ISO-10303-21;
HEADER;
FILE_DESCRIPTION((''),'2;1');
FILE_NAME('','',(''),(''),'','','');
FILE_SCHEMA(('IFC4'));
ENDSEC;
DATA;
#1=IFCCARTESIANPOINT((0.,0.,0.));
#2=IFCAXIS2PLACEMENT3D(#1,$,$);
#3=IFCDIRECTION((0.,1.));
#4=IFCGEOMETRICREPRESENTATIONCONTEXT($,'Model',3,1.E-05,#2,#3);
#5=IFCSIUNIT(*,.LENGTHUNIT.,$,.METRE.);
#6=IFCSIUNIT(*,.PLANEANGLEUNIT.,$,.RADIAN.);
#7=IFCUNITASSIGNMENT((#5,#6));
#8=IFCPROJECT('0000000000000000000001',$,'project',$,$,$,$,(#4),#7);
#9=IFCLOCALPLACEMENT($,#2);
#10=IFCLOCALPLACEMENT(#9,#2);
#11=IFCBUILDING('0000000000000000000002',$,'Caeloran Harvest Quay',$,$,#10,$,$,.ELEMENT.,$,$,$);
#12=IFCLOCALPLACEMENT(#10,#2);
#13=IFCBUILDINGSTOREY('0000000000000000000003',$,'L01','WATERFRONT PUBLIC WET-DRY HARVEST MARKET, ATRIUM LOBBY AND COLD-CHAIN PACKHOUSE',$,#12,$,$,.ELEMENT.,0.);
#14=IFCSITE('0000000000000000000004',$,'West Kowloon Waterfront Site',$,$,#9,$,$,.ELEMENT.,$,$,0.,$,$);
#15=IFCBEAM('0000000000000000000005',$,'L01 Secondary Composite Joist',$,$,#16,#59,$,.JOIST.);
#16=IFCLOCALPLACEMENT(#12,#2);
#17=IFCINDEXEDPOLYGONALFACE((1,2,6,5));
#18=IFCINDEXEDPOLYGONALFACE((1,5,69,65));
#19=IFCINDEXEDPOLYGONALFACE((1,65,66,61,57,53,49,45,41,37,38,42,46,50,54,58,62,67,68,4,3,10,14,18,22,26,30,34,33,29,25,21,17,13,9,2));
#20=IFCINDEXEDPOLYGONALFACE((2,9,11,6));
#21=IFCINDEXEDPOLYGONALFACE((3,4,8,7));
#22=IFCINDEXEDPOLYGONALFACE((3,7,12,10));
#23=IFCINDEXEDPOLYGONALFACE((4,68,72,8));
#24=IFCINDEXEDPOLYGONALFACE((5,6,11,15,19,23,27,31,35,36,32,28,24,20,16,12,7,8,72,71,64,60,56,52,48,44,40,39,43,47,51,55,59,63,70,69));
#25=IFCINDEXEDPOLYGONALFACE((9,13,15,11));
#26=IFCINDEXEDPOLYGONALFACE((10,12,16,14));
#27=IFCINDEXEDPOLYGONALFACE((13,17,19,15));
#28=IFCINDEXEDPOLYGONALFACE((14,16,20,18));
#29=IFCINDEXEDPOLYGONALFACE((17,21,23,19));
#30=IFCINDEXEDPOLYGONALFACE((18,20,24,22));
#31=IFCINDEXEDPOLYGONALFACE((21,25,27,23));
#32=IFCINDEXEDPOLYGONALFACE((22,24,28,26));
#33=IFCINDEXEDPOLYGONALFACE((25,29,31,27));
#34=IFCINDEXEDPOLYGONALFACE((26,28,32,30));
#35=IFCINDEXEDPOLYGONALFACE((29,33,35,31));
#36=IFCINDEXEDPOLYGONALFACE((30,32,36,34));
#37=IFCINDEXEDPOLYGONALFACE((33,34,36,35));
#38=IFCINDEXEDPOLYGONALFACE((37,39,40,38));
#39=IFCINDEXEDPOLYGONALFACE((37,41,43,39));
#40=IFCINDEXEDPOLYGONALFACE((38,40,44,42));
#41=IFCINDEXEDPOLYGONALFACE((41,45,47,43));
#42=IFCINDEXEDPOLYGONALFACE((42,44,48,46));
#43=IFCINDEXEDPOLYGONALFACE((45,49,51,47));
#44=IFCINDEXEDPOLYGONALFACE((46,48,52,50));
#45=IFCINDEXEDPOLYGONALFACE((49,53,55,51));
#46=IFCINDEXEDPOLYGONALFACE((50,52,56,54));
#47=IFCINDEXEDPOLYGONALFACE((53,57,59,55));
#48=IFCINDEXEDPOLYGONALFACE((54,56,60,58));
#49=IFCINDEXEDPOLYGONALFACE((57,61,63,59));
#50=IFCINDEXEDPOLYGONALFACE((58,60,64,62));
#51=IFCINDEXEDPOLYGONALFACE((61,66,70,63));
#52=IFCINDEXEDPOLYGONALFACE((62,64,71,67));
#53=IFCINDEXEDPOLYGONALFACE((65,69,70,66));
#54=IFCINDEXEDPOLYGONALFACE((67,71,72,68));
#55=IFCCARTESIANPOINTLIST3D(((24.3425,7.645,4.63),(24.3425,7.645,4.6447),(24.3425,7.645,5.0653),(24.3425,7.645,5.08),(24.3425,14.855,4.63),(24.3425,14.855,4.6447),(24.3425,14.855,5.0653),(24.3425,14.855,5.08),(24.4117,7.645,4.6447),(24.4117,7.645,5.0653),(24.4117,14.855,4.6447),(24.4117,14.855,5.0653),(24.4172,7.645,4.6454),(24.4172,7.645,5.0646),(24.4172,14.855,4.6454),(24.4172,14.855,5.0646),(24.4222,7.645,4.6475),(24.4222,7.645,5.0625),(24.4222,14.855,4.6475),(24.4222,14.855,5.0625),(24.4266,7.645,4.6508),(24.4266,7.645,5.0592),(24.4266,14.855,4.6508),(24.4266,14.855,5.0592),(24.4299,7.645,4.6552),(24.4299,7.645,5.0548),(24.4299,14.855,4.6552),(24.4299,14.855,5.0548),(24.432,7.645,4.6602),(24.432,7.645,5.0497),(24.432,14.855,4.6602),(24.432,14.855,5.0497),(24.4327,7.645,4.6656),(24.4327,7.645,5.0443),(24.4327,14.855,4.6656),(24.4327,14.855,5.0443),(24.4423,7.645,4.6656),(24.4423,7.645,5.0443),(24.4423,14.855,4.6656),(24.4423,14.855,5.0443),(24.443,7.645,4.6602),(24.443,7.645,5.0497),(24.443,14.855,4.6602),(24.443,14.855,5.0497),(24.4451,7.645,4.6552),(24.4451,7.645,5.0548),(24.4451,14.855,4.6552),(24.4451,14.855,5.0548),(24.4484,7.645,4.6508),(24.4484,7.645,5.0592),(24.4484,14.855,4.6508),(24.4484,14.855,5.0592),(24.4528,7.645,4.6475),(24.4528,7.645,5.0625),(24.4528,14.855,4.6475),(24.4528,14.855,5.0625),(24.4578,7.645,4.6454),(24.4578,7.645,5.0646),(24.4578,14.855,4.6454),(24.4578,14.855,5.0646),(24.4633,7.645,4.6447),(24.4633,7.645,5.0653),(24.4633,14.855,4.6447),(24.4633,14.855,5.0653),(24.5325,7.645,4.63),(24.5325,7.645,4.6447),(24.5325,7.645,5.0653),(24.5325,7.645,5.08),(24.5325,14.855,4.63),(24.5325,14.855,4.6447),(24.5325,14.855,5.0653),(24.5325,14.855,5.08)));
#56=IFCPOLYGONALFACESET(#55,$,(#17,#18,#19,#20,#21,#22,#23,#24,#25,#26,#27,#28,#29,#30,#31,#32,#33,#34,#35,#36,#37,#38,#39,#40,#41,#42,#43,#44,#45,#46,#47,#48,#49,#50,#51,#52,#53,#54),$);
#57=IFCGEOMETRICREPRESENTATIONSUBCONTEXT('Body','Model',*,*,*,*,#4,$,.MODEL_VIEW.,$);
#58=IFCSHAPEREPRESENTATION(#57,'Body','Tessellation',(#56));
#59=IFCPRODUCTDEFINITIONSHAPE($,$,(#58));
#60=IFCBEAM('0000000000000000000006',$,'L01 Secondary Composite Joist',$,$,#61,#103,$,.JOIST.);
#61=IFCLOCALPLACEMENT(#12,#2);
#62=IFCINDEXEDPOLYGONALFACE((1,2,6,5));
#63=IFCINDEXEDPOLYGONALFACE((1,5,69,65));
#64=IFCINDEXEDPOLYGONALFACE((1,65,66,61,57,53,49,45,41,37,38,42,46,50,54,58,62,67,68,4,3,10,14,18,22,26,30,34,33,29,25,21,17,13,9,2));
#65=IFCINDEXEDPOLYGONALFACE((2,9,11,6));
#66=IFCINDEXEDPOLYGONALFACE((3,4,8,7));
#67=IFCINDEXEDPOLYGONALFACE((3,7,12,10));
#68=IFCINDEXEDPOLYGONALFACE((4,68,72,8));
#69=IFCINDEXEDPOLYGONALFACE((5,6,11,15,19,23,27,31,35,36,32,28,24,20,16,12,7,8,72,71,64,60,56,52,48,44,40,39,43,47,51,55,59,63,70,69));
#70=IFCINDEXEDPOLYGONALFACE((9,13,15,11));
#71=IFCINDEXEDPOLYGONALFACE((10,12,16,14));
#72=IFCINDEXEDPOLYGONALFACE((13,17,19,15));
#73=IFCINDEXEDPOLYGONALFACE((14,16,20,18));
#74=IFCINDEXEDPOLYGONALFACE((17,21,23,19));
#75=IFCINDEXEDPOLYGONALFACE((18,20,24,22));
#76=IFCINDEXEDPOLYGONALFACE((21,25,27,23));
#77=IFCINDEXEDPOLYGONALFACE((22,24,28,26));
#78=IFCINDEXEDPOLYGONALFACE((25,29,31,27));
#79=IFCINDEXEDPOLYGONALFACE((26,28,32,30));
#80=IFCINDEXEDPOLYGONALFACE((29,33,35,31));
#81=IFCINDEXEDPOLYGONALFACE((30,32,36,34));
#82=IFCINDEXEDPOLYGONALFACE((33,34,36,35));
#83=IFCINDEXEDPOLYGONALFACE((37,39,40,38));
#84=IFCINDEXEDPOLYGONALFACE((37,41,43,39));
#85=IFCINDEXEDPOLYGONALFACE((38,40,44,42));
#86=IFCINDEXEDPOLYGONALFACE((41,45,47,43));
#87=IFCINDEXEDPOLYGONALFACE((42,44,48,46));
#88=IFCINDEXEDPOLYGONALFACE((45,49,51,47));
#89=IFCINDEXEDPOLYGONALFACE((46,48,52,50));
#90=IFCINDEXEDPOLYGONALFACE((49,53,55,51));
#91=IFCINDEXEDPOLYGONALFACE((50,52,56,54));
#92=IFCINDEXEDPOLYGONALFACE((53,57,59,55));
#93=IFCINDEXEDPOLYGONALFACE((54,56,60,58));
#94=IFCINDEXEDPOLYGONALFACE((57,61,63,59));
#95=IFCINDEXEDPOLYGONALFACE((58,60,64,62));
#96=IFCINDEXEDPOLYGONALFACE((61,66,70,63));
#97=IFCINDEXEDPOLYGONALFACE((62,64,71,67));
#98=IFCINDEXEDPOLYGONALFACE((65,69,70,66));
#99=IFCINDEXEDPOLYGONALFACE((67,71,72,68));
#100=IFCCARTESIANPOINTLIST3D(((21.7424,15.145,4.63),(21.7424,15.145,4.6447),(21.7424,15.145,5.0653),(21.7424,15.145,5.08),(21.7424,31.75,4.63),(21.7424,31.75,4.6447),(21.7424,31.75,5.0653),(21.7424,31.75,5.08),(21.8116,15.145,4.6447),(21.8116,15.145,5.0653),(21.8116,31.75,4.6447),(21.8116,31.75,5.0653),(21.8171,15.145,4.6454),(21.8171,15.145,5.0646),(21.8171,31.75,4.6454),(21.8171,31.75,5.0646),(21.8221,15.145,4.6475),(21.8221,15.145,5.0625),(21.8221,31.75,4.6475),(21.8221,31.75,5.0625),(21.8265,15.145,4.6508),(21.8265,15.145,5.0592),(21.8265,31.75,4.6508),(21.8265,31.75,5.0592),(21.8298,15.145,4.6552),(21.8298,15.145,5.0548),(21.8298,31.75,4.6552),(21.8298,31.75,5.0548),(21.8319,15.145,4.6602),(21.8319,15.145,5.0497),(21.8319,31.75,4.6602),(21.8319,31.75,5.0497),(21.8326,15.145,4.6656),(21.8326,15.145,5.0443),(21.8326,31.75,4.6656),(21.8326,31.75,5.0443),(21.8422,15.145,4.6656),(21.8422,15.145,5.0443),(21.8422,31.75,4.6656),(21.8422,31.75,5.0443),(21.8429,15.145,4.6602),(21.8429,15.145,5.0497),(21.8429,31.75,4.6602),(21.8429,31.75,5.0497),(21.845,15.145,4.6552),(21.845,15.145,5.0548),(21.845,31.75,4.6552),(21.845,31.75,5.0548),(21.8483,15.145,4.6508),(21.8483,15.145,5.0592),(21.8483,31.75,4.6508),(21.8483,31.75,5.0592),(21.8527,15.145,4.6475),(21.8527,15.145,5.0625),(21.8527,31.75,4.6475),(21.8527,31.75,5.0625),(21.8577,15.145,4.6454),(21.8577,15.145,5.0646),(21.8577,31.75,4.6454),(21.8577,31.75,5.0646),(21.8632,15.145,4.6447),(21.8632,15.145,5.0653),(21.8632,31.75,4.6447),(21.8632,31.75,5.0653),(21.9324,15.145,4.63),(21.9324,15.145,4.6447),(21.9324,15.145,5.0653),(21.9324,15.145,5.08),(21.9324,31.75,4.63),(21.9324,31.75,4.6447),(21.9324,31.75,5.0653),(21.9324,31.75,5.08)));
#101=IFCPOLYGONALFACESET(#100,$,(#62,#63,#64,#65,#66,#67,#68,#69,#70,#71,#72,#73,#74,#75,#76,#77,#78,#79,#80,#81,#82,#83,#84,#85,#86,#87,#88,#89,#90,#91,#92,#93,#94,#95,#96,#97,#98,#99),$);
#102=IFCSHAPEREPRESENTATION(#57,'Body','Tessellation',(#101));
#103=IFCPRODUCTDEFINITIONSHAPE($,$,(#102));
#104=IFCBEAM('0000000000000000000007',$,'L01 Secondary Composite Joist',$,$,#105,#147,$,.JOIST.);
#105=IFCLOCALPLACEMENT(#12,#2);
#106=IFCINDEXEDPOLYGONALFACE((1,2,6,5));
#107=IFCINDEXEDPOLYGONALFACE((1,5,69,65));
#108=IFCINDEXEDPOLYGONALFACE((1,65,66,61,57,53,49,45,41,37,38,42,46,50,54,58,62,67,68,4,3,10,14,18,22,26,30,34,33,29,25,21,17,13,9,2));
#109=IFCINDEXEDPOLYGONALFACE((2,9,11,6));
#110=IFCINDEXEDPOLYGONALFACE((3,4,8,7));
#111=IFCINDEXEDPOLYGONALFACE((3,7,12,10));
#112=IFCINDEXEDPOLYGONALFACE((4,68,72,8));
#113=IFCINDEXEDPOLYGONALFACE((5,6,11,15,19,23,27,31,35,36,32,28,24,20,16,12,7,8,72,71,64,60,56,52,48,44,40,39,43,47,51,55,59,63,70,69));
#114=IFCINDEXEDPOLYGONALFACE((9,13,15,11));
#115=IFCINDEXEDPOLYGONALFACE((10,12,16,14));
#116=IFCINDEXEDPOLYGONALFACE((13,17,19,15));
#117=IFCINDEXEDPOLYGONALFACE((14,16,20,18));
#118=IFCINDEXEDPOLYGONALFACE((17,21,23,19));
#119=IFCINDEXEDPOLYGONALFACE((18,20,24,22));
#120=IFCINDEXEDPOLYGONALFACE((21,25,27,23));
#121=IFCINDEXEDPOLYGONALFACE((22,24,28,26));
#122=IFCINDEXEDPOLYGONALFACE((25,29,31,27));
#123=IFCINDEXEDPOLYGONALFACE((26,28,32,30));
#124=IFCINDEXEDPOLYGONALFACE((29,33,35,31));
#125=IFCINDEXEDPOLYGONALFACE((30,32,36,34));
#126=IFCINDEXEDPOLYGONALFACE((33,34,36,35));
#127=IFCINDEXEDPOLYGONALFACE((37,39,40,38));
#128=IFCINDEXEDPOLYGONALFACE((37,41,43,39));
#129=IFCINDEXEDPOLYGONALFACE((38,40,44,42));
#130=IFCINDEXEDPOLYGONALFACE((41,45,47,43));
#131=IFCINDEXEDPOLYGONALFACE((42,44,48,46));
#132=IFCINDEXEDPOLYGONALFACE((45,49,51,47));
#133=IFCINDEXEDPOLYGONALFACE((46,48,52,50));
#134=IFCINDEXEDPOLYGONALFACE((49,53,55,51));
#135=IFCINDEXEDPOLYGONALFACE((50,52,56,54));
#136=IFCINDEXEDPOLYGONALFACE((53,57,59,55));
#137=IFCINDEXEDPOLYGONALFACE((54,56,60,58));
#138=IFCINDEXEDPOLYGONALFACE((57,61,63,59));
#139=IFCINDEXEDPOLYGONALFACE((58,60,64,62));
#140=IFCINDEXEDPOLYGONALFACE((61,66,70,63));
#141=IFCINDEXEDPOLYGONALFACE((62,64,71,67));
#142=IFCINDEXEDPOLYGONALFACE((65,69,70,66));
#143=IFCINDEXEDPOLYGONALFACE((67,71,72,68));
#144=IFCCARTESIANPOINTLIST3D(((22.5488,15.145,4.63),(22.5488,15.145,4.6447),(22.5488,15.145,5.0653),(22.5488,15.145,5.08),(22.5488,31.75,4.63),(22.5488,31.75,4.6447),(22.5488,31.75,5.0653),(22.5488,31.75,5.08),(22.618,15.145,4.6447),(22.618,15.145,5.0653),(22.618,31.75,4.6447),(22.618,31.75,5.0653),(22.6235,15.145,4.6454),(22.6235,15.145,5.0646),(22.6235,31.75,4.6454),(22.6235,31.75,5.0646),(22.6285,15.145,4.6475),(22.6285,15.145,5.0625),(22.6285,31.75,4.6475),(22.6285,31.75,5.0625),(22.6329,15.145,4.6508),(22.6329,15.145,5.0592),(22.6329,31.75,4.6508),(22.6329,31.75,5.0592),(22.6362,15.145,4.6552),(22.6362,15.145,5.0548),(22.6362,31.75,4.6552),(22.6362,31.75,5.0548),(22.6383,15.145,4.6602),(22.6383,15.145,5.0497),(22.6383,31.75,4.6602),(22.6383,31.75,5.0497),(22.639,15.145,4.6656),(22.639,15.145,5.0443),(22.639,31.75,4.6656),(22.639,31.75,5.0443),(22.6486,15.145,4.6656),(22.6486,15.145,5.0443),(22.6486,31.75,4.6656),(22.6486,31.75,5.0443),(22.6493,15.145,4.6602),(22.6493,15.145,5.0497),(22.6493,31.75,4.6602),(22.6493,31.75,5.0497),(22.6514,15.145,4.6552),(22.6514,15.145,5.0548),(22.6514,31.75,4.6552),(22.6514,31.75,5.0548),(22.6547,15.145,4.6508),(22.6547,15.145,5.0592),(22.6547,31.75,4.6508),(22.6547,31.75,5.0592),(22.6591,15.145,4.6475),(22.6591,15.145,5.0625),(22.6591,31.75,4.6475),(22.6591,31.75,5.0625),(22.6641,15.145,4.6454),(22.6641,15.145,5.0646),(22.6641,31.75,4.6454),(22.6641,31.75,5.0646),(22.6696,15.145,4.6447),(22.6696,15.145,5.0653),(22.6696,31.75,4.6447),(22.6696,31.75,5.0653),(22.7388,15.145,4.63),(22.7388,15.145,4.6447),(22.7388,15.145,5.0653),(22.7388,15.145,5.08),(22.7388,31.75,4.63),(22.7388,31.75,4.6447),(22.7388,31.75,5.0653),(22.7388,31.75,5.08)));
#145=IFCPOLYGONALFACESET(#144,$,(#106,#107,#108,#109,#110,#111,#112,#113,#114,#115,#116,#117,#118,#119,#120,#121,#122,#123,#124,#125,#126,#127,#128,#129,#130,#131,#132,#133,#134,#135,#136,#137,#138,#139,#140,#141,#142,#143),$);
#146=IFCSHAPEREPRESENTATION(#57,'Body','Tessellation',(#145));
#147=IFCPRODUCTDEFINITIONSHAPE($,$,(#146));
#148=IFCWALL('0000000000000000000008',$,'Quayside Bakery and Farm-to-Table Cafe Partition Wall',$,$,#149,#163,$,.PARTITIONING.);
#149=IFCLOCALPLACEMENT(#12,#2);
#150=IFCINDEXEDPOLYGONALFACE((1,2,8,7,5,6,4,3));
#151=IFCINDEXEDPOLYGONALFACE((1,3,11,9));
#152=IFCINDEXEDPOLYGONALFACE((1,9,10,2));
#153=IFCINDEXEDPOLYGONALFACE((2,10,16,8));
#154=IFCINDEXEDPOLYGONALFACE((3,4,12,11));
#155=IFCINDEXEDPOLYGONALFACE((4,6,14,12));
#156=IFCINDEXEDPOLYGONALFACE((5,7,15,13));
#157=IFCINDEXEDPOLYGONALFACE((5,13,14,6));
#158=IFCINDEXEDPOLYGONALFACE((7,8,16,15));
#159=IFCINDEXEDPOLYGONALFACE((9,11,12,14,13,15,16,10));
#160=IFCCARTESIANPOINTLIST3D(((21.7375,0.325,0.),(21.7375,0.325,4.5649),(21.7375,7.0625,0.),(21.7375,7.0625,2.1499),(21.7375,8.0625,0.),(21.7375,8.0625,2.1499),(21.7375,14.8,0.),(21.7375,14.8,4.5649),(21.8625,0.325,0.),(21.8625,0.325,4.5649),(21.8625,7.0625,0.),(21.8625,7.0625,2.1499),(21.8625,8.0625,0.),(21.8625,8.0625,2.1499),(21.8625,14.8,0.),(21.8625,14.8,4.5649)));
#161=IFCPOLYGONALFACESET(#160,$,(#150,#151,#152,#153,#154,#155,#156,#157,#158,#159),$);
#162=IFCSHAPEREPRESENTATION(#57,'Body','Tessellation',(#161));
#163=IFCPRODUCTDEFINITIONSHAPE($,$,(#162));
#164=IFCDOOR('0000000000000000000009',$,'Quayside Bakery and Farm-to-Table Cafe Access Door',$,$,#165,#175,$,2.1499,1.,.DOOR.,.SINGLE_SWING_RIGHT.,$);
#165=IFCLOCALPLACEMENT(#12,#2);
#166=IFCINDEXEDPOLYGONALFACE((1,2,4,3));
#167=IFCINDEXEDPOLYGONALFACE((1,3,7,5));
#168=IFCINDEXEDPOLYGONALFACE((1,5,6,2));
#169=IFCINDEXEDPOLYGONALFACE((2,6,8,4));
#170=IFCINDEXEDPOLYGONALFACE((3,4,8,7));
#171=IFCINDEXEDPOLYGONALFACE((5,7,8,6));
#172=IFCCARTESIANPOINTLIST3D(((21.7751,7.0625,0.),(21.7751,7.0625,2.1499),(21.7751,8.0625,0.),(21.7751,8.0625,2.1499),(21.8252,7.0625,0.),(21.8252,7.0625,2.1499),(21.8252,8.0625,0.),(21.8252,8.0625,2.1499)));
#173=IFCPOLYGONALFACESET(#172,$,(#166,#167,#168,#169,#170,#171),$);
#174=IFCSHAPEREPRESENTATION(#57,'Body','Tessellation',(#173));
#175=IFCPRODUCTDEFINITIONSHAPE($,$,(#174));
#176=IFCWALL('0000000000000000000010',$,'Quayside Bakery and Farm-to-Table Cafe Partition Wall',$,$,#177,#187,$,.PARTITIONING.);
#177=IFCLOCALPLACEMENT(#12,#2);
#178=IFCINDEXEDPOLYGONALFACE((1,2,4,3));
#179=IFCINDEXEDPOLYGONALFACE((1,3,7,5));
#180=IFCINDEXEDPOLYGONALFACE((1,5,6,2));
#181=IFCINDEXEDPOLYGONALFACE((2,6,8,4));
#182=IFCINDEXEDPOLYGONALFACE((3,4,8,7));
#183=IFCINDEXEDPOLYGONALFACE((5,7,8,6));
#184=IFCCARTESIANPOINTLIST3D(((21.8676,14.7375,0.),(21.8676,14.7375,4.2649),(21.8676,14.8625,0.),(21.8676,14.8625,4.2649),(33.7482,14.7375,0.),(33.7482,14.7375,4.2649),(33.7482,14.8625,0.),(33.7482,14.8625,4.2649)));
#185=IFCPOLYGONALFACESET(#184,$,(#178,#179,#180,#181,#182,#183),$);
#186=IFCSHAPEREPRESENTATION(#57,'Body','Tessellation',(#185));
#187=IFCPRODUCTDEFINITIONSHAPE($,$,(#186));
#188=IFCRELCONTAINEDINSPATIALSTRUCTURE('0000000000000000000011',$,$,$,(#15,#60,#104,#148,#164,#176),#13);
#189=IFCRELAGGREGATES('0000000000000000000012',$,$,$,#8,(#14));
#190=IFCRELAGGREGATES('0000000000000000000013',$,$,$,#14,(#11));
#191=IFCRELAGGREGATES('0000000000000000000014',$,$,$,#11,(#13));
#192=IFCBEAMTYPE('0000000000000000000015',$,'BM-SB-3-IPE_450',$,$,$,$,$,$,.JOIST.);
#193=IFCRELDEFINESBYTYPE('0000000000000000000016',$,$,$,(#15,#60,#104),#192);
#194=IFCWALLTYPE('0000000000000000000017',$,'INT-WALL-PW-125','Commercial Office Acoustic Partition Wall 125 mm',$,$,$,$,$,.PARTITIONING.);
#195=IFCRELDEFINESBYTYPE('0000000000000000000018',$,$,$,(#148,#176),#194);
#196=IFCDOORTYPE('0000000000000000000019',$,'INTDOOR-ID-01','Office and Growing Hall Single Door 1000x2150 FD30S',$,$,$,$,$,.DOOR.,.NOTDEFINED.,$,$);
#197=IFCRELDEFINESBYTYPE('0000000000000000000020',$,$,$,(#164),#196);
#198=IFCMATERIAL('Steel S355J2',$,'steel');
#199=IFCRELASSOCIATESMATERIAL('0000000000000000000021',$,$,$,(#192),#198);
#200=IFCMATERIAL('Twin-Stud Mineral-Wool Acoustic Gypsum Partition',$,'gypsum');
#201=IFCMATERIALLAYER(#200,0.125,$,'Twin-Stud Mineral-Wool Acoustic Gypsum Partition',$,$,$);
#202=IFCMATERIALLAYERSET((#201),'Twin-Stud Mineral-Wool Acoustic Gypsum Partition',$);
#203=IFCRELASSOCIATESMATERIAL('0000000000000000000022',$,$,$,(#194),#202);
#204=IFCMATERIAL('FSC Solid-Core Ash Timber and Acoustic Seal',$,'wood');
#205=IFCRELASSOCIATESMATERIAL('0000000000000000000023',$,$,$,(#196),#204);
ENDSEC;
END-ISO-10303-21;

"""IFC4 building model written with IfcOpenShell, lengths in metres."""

from ifc_helpers import new_model, si_unit, direction, frame, frame_2d, origin, origin_2d, place, context, subcontext, project, spatial, rectangle, i_section, extrude, material, layer, layer_set, material_profile, profile_set, type_object, element, fill, save


model = new_model("IFC4")

# Units and contexts
model_context = context("Model", 3, precision=1e-05, world=origin(), true_north=direction((0.0, 1.0)))
body_context = subcontext(model_context, "Body", "Model", "MODEL_VIEW")
ifc_project = project(units=[si_unit("LENGTHUNIT", "METRE"), si_unit("PLANEANGLEUNIT", "RADIAN")], contexts=[model_context])

# Site, building, storey
site_placement = place(None, origin())
site = spatial("IfcSite", under=ifc_project, at=site_placement, Name="West Kowloon Waterfront Site", CompositionType="ELEMENT", RefElevation=0.0)
building_placement = place(site_placement, origin())
building = spatial("IfcBuilding", under=site, at=building_placement, Name="Caeloran Harvest Quay", CompositionType="ELEMENT")
storey_placement = place(building_placement, origin())
storey = spatial("IfcBuildingStorey", under=building, at=storey_placement, Name="L01", Description="WATERFRONT PUBLIC WET-DRY HARVEST MARKET, ATRIUM LOBBY AND COLD-CHAIN PACKHOUSE", CompositionType="ELEMENT", Elevation=0.0)

# Beams
ifc_material_1 = material(Name="Steel S355J2", Category="steel")
ifc_material_profile_1 = material_profile(ifc_material_1, i_section(OverallWidth=0.1899, OverallDepth=0.45, WebThickness=0.0095, FlangeThickness=0.0146, FilletRadius=0.021, at=origin_2d()), Name="IPE 450")
ifc_profile_set_1 = profile_set([ifc_material_profile_1], Name="Steel S355J2")
beam_type_1 = type_object("IfcBeamType", Name="BM-SB-3-IPE_450", PredefinedType="JOIST", material=ifc_profile_set_1)
for number, where, z_axis, x_axis, name in (
    (1, (24.4375, 7.645, 4.855), (0.0, 1.0, 0.0), (-1.0, 0.0, 0.0), "L01 Secondary Composite Joist"),
):
    element("IfcBeam", number, at=place(storey_placement, frame(where, z_axis=z_axis, x_axis=x_axis)), inside=storey, type_object=beam_type_1, Name=name, PredefinedType="JOIST", context=body_context, shape_type="SweptSolid", body=[
        extrude(i_section(OverallWidth=0.1899, OverallDepth=0.45, WebThickness=0.0095, FlangeThickness=0.0146, FilletRadius=0.021, at=origin_2d()), origin(), (0.0, 0.0, 1.0), 7.21),
    ])
for number, where, z_axis, x_axis, name in (
    (2, (21.8374, 15.145, 4.855), (0.0, 1.0, 0.0), (-1.0, 0.0, 0.0), "L01 Secondary Composite Joist"),
    (3, (22.6438, 15.145, 4.855), (0.0, 1.0, 0.0), (-1.0, 0.0, 0.0), "L01 Secondary Composite Joist"),
):
    element("IfcBeam", number, at=place(storey_placement, frame(where, z_axis=z_axis, x_axis=x_axis)), inside=storey, type_object=beam_type_1, Name=name, PredefinedType="JOIST", context=body_context, shape_type="SweptSolid", body=[
        extrude(i_section(OverallWidth=0.1899, OverallDepth=0.45, WebThickness=0.0095, FlangeThickness=0.0146, FilletRadius=0.021, at=origin_2d()), origin(), (0.0, 0.0, 1.0), 16.605),
    ])

# Wall, opening, door
ifc_material_2 = material(Name="Twin-Stud Mineral-Wool Acoustic Gypsum Partition", Category="gypsum")
ifc_layer_1 = layer(ifc_material_2, 0.125, Name="Twin-Stud Mineral-Wool Acoustic Gypsum Partition")
ifc_layer_set_1 = layer_set([ifc_layer_1], Name="Twin-Stud Mineral-Wool Acoustic Gypsum Partition")
wall_type_1 = type_object("IfcWallType", Name="INT-WALL-PW-125", Description="Commercial Office Acoustic Partition Wall 125 mm", PredefinedType="PARTITIONING", material=ifc_layer_set_1)
wall_1_placement = place(storey_placement, frame((21.8, 0.325, 0.0), z_axis=(0.0, 0.0, 1.0), x_axis=(0.0, 1.0, 0.0)))
wall_1 = element("IfcWall", 4, at=wall_1_placement, inside=storey, type_object=wall_type_1, Name="Quayside Bakery and Farm-to-Table Cafe Partition Wall", PredefinedType="PARTITIONING", context=body_context, shape_type="SweptSolid", body=[
    extrude(rectangle(XDim=14.4751, YDim=0.125, at=frame_2d((7.2375, 0.0))), origin(), (0.0, 0.0, 1.0), 4.5649),
])
opening_1_placement = place(wall_1_placement, frame((6.7375, 0.0, 0.0)))
opening_1 = element("IfcOpeningElement", 5, at=opening_1_placement, cuts=wall_1, PredefinedType="OPENING", context=body_context, shape_type="SweptSolid", body=[
    extrude(rectangle(XDim=1.0, YDim=2.1499, at=frame_2d((0.5, 1.075))), frame((0.0, 0.0725, 0.0), z_axis=(0.0, -1.0, 0.0), x_axis=(1.0, 0.0, 0.0)), (0.0, 0.0, 1.0), 0.145),
])
ifc_material_3 = material(Name="FSC Solid-Core Ash Timber and Acoustic Seal", Category="wood")
door_type_1 = type_object("IfcDoorType", Name="INTDOOR-ID-01", Description="Office and Growing Hall Single Door 1000x2150 FD30S", OperationType="NOTDEFINED", PredefinedType="DOOR", material=ifc_material_3)
door_1_placement = place(opening_1_placement, origin())
door_1 = element("IfcDoor", 6, at=door_1_placement, inside=storey, type_object=door_type_1, Name="Quayside Bakery and Farm-to-Table Cafe Access Door", OperationType="SINGLE_SWING_RIGHT", OverallHeight=2.1499, OverallWidth=1.0, PredefinedType="DOOR", context=body_context, shape_type="SweptSolid", body=[
    extrude(rectangle(XDim=1.0, YDim=2.1499, at=frame_2d((0.5, 1.075))), frame((0.0, 0.0249, 0.0), z_axis=(0.0, -1.0, 0.0), x_axis=(1.0, 0.0, 0.0)), (0.0, 0.0, 1.0), 0.05),
])
fill(opening_1, door_1)

# Wall
wall_2_placement = place(storey_placement, frame((21.8674, 14.8, 0.0), z_axis=(0.0, 0.0, 1.0), x_axis=(1.0, 0.0, 0.0)))
element("IfcWall", 7, at=wall_2_placement, inside=storey, type_object=wall_type_1, Name="Quayside Bakery and Farm-to-Table Cafe Partition Wall", PredefinedType="PARTITIONING", context=body_context, shape_type="SweptSolid", body=[
    extrude(rectangle(XDim=11.8806, YDim=0.125, at=frame_2d((5.9404, 0.0))), origin(), (0.0, 0.0, 1.0), 4.2649),
])

save(model, "model.ifc")
